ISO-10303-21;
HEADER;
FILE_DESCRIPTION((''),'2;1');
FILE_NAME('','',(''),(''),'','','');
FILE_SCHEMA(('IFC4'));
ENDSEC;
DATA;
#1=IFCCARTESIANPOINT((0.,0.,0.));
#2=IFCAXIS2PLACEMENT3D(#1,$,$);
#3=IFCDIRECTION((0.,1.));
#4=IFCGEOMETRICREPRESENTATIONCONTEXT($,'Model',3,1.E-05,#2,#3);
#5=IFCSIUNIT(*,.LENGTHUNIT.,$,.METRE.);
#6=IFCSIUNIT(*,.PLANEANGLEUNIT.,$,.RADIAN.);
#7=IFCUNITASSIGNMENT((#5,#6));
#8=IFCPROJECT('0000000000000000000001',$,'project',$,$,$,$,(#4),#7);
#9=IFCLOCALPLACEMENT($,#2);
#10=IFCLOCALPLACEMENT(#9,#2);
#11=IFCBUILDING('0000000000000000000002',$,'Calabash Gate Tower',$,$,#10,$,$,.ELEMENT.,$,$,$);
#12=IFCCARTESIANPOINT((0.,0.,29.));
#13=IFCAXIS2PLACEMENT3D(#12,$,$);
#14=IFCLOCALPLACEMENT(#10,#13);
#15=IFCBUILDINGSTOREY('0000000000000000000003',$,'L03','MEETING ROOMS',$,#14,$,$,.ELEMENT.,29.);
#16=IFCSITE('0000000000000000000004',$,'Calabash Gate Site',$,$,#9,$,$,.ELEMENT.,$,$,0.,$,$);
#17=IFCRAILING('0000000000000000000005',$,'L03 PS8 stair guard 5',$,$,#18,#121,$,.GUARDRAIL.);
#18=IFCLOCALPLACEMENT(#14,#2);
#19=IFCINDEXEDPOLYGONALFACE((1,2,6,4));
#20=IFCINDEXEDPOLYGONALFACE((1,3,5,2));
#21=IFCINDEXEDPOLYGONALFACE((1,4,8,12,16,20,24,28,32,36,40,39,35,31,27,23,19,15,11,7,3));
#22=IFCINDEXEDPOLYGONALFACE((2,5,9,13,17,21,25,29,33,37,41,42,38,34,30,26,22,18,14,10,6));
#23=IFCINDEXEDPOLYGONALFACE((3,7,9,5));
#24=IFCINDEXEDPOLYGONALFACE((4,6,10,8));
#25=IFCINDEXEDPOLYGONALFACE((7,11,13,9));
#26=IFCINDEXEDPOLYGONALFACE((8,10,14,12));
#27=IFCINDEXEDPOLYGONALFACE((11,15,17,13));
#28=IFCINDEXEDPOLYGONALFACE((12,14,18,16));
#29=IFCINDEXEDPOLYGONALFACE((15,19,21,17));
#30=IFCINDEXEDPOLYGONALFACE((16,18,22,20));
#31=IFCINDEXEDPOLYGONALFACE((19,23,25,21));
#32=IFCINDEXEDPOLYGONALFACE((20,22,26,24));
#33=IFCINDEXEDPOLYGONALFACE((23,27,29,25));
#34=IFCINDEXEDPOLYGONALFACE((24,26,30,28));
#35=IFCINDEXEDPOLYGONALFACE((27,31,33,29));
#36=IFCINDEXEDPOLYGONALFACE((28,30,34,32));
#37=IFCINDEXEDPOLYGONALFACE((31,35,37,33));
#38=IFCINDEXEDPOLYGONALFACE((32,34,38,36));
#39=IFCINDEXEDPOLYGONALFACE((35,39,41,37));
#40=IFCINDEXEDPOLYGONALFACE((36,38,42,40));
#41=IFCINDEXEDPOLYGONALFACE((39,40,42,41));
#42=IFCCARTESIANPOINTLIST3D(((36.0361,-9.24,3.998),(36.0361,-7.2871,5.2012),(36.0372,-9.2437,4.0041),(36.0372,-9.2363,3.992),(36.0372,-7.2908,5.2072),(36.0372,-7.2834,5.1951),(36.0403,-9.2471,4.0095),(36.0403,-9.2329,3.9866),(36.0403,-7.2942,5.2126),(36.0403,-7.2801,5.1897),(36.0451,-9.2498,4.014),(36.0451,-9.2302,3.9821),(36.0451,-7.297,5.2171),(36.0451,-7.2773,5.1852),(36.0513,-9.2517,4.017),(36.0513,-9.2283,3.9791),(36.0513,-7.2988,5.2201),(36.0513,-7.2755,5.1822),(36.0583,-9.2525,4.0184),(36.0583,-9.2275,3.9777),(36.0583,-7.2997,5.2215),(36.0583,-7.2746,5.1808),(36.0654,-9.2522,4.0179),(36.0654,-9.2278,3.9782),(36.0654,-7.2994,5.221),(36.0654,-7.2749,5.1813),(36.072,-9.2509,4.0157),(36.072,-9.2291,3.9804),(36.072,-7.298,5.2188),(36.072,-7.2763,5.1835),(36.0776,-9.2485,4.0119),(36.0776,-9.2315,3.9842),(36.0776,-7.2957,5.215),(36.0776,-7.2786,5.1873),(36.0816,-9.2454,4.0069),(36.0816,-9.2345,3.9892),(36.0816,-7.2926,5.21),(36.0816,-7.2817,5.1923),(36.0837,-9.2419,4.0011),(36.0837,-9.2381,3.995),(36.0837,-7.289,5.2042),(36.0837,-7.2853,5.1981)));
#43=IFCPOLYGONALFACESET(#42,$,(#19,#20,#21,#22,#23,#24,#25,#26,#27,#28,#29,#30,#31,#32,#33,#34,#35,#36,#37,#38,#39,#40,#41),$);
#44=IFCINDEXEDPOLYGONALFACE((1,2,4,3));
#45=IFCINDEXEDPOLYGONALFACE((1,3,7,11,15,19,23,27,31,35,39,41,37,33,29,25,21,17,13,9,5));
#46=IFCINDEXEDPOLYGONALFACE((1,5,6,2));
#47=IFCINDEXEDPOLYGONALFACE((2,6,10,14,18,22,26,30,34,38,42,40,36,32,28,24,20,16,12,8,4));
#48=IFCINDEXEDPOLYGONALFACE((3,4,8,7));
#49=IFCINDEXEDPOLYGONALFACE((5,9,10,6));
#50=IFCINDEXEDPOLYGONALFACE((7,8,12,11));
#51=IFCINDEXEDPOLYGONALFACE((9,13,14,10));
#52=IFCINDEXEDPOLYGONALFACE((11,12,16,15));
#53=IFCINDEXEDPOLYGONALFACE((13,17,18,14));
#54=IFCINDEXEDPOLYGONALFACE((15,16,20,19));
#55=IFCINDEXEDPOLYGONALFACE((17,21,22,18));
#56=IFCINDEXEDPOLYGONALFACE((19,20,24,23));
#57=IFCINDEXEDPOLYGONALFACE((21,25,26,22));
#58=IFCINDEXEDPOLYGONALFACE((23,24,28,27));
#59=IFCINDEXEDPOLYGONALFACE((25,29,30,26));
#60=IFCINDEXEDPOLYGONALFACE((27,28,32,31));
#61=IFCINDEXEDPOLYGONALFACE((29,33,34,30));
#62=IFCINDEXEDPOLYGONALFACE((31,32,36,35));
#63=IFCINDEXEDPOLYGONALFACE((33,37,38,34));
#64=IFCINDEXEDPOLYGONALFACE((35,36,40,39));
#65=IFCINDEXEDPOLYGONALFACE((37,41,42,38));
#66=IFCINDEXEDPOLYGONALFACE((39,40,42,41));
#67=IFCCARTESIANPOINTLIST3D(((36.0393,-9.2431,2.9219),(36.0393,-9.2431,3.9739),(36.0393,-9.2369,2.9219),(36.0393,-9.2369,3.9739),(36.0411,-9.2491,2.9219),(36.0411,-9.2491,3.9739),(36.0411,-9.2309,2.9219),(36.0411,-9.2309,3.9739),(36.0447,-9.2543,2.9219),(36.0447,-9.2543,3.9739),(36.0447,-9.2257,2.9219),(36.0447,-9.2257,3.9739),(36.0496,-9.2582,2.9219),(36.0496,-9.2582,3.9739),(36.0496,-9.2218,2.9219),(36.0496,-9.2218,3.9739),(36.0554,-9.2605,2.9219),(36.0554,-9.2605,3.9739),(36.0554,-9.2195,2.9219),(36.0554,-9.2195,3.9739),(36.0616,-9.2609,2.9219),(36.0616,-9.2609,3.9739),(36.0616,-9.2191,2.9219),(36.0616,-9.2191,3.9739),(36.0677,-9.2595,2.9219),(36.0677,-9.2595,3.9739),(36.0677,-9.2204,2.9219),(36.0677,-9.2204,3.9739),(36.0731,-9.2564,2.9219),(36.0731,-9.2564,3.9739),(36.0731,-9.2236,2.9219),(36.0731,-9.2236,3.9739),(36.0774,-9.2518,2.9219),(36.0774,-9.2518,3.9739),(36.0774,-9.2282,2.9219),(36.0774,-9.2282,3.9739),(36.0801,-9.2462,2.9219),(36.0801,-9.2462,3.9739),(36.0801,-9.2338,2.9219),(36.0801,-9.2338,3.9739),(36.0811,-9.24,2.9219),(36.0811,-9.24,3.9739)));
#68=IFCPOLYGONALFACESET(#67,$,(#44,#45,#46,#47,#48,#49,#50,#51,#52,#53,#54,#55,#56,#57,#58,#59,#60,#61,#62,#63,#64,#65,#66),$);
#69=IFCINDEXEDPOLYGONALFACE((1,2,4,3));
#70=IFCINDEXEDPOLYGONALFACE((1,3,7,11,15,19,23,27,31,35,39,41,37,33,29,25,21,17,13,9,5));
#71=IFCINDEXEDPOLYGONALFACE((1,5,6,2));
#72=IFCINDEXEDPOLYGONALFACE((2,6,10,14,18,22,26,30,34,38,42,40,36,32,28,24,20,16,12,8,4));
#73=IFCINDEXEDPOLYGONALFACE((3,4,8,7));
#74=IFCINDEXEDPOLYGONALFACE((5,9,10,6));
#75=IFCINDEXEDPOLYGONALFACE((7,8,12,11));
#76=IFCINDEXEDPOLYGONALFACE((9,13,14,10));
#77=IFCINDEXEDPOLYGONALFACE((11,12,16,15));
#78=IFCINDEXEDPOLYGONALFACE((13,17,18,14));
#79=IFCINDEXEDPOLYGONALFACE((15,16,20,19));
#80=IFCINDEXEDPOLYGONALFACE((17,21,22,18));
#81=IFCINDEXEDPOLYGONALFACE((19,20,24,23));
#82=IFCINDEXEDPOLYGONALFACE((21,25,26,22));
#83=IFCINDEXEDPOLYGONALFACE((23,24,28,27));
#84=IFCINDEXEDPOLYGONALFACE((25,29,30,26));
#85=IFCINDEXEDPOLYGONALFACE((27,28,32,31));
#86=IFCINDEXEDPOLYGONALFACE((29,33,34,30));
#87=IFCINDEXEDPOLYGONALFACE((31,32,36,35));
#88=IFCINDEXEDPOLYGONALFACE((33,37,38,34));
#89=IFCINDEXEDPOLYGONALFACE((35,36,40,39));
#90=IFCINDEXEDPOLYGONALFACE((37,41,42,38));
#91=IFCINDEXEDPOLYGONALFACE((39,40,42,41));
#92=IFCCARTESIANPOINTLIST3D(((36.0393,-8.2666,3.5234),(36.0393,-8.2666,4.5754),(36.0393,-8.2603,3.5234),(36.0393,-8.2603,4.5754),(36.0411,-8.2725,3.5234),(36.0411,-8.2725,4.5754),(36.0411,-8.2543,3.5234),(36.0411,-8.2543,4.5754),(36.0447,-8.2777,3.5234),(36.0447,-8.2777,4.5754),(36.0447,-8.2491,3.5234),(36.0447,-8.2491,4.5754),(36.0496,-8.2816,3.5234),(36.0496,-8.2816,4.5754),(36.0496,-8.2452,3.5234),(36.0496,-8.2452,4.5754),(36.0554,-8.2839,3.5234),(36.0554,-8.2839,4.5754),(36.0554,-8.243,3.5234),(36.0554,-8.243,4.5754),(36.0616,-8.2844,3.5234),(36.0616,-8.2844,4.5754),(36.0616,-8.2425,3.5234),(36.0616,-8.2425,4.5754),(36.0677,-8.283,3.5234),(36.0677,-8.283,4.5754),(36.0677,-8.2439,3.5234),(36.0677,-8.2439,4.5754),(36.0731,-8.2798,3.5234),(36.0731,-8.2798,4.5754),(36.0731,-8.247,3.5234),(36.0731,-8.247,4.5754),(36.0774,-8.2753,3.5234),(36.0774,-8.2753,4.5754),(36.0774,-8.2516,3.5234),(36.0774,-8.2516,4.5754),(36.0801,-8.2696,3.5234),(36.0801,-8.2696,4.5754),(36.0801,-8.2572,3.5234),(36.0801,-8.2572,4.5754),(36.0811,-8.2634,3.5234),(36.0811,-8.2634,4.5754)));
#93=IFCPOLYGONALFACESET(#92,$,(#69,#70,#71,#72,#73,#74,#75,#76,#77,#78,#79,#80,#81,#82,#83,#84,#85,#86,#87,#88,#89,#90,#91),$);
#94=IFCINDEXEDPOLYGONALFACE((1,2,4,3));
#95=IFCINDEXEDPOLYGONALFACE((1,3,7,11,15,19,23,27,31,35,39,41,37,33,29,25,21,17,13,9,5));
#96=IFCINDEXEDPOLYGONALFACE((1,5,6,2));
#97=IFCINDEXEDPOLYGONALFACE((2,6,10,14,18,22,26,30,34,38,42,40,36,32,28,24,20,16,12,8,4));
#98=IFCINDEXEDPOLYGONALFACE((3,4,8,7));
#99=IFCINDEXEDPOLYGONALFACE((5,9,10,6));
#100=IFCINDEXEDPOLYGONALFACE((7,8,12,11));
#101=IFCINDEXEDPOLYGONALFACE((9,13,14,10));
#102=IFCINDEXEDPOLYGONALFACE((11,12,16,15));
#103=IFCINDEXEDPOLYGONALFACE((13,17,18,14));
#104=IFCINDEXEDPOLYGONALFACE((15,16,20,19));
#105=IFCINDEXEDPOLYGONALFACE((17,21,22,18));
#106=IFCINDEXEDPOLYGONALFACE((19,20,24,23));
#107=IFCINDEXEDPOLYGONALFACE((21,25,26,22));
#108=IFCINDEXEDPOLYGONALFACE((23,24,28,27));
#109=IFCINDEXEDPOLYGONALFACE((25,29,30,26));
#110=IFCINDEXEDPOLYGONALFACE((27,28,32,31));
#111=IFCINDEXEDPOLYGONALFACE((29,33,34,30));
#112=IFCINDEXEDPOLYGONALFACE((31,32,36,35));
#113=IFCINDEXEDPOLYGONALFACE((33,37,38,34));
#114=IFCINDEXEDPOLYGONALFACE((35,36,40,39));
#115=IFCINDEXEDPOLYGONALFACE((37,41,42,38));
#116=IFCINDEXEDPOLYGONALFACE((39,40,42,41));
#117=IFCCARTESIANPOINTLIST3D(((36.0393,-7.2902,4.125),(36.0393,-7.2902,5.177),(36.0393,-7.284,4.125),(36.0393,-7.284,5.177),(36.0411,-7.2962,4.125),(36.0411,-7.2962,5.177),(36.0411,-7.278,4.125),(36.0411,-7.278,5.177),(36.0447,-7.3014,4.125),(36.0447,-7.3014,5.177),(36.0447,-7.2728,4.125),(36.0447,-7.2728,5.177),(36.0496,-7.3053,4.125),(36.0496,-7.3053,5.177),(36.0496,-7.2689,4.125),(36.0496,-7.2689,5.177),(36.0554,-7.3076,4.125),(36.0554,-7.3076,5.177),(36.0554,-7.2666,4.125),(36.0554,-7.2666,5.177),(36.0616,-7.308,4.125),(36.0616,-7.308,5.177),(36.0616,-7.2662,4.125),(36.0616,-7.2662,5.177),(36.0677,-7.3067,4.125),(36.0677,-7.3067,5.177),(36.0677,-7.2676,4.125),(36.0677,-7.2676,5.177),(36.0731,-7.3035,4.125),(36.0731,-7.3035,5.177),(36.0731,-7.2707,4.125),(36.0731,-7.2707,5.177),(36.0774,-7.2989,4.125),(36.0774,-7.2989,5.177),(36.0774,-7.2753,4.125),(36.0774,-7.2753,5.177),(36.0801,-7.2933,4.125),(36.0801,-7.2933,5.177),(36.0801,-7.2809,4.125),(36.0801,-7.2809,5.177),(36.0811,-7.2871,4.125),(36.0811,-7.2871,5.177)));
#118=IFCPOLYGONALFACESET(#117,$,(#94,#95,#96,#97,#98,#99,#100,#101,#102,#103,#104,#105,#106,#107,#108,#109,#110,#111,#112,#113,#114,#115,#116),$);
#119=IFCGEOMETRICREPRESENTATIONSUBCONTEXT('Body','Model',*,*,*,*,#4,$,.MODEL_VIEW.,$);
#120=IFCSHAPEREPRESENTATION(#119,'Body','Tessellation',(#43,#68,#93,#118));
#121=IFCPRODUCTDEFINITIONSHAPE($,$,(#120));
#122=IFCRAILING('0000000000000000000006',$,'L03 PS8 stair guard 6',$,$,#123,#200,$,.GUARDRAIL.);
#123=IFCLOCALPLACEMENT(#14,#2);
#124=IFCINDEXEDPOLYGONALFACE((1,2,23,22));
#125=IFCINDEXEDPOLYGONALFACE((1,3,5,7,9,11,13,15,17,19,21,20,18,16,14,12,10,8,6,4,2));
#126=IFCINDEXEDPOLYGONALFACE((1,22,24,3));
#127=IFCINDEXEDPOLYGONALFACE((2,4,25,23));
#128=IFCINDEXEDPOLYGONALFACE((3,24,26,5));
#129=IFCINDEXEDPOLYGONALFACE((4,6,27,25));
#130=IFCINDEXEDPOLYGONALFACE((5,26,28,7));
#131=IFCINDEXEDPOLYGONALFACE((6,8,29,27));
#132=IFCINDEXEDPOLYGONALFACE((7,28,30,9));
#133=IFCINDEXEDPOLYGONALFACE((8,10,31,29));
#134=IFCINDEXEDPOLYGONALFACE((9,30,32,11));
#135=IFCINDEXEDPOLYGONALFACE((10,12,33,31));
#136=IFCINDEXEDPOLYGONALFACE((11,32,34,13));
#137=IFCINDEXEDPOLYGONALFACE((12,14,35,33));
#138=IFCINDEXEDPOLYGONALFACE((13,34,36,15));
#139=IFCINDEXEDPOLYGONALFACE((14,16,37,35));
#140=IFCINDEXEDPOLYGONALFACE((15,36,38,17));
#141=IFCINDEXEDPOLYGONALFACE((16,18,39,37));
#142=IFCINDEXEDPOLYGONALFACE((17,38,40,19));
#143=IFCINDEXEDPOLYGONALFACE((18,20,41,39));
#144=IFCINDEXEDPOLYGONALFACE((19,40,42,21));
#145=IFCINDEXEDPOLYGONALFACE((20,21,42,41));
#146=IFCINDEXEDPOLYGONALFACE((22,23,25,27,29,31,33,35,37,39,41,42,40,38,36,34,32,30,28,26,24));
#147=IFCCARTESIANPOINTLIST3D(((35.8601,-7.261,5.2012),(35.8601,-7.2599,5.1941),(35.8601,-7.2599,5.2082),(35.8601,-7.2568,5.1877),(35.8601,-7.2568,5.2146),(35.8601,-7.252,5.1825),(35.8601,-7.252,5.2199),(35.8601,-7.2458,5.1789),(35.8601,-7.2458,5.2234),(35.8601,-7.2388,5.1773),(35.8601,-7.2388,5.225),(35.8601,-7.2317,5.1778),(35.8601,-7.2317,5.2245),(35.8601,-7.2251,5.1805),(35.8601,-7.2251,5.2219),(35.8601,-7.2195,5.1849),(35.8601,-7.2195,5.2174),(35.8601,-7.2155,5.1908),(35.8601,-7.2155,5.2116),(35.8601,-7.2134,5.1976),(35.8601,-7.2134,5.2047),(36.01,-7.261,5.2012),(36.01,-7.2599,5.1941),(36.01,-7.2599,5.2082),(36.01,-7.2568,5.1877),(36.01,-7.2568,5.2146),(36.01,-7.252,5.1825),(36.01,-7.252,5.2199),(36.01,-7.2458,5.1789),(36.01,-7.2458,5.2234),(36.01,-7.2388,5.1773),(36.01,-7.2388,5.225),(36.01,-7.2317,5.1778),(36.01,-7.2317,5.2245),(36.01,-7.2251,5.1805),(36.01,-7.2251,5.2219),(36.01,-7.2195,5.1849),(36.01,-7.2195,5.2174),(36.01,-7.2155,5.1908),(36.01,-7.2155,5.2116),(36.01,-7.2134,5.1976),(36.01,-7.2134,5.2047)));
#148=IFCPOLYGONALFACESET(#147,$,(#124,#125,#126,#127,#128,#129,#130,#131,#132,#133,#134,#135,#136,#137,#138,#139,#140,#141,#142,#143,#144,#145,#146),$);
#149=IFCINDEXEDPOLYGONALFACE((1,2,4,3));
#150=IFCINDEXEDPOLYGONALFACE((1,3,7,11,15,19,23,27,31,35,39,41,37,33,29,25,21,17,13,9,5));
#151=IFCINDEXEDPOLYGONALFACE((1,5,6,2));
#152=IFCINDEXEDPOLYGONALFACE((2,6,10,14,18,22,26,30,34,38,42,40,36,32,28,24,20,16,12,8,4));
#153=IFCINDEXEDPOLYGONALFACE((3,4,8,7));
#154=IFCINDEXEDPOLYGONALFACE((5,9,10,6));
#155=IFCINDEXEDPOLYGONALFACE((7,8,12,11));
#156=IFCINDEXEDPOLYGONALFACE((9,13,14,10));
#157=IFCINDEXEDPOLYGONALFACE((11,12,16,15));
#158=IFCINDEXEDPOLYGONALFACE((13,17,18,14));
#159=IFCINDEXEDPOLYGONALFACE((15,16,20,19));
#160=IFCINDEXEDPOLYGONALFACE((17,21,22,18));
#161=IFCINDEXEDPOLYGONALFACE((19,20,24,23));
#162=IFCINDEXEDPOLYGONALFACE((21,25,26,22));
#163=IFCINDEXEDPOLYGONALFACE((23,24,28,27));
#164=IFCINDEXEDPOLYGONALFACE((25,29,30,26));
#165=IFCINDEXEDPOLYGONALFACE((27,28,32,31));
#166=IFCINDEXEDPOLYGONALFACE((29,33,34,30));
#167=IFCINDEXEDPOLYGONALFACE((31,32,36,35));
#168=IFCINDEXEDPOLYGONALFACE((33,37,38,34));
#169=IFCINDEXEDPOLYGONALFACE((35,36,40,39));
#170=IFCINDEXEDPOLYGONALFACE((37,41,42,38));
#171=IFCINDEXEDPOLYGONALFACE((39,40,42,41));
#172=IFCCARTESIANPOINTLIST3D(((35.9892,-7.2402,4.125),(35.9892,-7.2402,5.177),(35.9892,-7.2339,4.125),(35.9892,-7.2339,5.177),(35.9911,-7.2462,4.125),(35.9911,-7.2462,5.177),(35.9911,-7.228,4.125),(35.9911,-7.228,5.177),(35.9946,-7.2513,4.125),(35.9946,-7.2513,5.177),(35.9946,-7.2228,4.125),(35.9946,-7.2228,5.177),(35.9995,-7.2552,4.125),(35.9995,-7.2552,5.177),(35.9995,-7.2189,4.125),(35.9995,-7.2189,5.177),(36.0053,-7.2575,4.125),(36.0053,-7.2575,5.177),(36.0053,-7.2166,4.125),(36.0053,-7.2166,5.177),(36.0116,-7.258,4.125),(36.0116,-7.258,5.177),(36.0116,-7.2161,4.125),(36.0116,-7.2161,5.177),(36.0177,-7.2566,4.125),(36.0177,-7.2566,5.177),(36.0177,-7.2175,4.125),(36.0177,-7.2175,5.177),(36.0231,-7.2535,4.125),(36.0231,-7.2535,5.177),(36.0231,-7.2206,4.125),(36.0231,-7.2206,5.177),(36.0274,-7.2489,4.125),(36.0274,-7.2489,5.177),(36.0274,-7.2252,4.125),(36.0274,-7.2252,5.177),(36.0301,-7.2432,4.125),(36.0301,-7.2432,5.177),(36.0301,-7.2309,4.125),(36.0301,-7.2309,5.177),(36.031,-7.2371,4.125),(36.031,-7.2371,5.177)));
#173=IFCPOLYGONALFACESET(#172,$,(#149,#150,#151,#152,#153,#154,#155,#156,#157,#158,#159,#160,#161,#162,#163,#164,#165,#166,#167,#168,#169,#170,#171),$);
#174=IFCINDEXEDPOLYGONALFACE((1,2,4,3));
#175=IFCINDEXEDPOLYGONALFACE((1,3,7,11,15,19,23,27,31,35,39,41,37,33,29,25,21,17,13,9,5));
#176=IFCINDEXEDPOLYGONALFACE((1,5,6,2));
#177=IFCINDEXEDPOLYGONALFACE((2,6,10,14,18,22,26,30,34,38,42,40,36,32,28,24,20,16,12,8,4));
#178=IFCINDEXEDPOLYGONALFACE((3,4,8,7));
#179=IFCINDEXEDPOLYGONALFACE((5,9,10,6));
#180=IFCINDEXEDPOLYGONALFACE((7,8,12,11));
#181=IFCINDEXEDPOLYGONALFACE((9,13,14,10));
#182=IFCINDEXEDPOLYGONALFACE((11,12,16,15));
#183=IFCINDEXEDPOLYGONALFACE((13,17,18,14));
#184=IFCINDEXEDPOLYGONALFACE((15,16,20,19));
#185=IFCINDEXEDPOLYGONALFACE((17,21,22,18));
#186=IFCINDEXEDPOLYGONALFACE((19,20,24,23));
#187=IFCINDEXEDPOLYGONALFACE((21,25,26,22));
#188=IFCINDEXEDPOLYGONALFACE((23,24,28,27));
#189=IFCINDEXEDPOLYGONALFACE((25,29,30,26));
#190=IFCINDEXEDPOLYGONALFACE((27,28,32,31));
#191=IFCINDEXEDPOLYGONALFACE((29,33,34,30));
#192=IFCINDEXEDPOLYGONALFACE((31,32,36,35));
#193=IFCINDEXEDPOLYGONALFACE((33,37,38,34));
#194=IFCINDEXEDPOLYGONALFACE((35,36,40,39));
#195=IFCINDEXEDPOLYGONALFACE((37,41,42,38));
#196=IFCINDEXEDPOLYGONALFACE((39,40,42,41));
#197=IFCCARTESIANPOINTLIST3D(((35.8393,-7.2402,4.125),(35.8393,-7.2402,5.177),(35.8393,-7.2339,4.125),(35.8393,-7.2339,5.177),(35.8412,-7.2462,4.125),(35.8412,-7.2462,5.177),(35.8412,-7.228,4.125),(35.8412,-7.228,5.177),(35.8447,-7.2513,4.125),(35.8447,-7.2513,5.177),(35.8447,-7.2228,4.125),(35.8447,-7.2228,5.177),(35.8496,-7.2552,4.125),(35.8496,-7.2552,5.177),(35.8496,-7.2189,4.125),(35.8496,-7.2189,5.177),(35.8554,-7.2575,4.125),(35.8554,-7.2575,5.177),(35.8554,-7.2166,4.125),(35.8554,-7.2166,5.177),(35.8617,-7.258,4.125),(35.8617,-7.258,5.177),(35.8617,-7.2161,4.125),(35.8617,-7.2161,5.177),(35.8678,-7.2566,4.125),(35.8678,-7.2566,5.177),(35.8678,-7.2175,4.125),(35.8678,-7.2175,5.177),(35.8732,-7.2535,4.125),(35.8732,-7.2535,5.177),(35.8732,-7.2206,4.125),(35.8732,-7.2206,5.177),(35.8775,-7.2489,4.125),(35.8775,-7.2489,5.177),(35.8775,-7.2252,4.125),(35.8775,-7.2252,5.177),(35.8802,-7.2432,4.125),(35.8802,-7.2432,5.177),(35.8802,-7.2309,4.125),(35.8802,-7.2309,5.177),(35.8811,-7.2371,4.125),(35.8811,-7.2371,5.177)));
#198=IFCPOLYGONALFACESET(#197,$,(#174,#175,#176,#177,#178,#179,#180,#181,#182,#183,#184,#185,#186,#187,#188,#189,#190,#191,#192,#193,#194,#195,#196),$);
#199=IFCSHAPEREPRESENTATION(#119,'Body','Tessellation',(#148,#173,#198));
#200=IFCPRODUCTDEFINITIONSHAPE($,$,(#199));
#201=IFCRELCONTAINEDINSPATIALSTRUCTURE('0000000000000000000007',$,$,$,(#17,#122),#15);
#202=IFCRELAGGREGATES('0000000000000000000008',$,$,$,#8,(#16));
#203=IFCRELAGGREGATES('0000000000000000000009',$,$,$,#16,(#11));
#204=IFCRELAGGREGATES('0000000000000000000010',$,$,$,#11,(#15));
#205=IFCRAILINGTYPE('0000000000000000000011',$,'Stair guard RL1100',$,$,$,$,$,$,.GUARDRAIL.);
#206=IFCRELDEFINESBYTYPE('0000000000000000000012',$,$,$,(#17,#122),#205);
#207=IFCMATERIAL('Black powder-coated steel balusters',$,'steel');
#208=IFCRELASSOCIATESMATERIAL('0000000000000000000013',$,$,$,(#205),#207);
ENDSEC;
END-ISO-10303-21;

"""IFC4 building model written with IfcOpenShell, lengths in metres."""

from ifc_helpers import new_model, si_unit, direction, frame, origin, origin_2d, place, context, subcontext, project, spatial, circle, extrude, material, type_object, element, save


model = new_model("IFC4")

# Units and contexts
model_context = context("Model", 3, precision=1e-05, world=origin(), true_north=direction((0.0, 1.0)))
body_context = subcontext(model_context, "Body", "Model", "MODEL_VIEW")
ifc_project = project(units=[si_unit("LENGTHUNIT", "METRE"), si_unit("PLANEANGLEUNIT", "RADIAN")], contexts=[model_context])

# Site, building, storey
site_placement = place(None, origin())
site = spatial("IfcSite", under=ifc_project, at=site_placement, Name="Calabash Gate Site", CompositionType="ELEMENT", RefElevation=0.0)
building_placement = place(site_placement, origin())
building = spatial("IfcBuilding", under=site, at=building_placement, Name="Calabash Gate Tower", CompositionType="ELEMENT")
storey_placement = place(building_placement, frame((0.0, 0.0, 29.0)))
storey = spatial("IfcBuildingStorey", under=building, at=storey_placement, Name="L03", Description="MEETING ROOMS", CompositionType="ELEMENT", Elevation=29.0)

# Railings
ifc_material_1 = material(Name="Black powder-coated steel balusters", Category="steel")
railing_type_1 = type_object("IfcRailingType", Name="Stair guard RL1100", PredefinedType="GUARDRAIL", material=ifc_material_1)
railing_1_placement = place(storey_placement, frame((36.0601, -9.24, 2.9219)))
element("IfcRailing", 1, at=railing_1_placement, inside=storey, type_object=railing_type_1, Name="L03 PS8 stair guard 5", PredefinedType="GUARDRAIL", context=body_context, shape_type="SweptSolid", body=[
    extrude(circle(Radius=0.0239, at=origin_2d()), frame((0.0, 0.0, 1.0762), z_axis=(0.0, 0.851395, 0.524525), x_axis=(-1.0, 0.0, 0.0)), (0.0, 0.0, 1.0), 2.2937),
    extrude(circle(Radius=0.021, at=origin_2d()), origin(), (0.0, 0.0, 1.0), 1.052),
    extrude(circle(Radius=0.021, at=origin_2d()), frame((0.0, 0.9766, 0.6016)), (0.0, 0.0, 1.0), 1.052),
    extrude(circle(Radius=0.021, at=origin_2d()), frame((0.0, 1.9529, 1.2031)), (0.0, 0.0, 1.0), 1.052),
])
railing_2_placement = place(storey_placement, frame((36.01, -7.2371, 4.125)))
element("IfcRailing", 2, at=railing_2_placement, inside=storey, type_object=railing_type_1, Name="L03 PS8 stair guard 6", PredefinedType="GUARDRAIL", context=body_context, shape_type="SweptSolid", body=[
    extrude(circle(Radius=0.0239, at=origin_2d()), frame((0.0, 0.0, 1.0762), z_axis=(-1.0, 0.0, 0.0), x_axis=(0.0, -1.0, 0.0)), (0.0, 0.0, 1.0), 0.1499),
    extrude(circle(Radius=0.021, at=origin_2d()), origin(), (0.0, 0.0, 1.0), 1.052),
    extrude(circle(Radius=0.021, at=origin_2d()), frame((-0.1499, 0.0, 0.0)), (0.0, 0.0, 1.0), 1.052),
])

save(model, "model.ifc")
